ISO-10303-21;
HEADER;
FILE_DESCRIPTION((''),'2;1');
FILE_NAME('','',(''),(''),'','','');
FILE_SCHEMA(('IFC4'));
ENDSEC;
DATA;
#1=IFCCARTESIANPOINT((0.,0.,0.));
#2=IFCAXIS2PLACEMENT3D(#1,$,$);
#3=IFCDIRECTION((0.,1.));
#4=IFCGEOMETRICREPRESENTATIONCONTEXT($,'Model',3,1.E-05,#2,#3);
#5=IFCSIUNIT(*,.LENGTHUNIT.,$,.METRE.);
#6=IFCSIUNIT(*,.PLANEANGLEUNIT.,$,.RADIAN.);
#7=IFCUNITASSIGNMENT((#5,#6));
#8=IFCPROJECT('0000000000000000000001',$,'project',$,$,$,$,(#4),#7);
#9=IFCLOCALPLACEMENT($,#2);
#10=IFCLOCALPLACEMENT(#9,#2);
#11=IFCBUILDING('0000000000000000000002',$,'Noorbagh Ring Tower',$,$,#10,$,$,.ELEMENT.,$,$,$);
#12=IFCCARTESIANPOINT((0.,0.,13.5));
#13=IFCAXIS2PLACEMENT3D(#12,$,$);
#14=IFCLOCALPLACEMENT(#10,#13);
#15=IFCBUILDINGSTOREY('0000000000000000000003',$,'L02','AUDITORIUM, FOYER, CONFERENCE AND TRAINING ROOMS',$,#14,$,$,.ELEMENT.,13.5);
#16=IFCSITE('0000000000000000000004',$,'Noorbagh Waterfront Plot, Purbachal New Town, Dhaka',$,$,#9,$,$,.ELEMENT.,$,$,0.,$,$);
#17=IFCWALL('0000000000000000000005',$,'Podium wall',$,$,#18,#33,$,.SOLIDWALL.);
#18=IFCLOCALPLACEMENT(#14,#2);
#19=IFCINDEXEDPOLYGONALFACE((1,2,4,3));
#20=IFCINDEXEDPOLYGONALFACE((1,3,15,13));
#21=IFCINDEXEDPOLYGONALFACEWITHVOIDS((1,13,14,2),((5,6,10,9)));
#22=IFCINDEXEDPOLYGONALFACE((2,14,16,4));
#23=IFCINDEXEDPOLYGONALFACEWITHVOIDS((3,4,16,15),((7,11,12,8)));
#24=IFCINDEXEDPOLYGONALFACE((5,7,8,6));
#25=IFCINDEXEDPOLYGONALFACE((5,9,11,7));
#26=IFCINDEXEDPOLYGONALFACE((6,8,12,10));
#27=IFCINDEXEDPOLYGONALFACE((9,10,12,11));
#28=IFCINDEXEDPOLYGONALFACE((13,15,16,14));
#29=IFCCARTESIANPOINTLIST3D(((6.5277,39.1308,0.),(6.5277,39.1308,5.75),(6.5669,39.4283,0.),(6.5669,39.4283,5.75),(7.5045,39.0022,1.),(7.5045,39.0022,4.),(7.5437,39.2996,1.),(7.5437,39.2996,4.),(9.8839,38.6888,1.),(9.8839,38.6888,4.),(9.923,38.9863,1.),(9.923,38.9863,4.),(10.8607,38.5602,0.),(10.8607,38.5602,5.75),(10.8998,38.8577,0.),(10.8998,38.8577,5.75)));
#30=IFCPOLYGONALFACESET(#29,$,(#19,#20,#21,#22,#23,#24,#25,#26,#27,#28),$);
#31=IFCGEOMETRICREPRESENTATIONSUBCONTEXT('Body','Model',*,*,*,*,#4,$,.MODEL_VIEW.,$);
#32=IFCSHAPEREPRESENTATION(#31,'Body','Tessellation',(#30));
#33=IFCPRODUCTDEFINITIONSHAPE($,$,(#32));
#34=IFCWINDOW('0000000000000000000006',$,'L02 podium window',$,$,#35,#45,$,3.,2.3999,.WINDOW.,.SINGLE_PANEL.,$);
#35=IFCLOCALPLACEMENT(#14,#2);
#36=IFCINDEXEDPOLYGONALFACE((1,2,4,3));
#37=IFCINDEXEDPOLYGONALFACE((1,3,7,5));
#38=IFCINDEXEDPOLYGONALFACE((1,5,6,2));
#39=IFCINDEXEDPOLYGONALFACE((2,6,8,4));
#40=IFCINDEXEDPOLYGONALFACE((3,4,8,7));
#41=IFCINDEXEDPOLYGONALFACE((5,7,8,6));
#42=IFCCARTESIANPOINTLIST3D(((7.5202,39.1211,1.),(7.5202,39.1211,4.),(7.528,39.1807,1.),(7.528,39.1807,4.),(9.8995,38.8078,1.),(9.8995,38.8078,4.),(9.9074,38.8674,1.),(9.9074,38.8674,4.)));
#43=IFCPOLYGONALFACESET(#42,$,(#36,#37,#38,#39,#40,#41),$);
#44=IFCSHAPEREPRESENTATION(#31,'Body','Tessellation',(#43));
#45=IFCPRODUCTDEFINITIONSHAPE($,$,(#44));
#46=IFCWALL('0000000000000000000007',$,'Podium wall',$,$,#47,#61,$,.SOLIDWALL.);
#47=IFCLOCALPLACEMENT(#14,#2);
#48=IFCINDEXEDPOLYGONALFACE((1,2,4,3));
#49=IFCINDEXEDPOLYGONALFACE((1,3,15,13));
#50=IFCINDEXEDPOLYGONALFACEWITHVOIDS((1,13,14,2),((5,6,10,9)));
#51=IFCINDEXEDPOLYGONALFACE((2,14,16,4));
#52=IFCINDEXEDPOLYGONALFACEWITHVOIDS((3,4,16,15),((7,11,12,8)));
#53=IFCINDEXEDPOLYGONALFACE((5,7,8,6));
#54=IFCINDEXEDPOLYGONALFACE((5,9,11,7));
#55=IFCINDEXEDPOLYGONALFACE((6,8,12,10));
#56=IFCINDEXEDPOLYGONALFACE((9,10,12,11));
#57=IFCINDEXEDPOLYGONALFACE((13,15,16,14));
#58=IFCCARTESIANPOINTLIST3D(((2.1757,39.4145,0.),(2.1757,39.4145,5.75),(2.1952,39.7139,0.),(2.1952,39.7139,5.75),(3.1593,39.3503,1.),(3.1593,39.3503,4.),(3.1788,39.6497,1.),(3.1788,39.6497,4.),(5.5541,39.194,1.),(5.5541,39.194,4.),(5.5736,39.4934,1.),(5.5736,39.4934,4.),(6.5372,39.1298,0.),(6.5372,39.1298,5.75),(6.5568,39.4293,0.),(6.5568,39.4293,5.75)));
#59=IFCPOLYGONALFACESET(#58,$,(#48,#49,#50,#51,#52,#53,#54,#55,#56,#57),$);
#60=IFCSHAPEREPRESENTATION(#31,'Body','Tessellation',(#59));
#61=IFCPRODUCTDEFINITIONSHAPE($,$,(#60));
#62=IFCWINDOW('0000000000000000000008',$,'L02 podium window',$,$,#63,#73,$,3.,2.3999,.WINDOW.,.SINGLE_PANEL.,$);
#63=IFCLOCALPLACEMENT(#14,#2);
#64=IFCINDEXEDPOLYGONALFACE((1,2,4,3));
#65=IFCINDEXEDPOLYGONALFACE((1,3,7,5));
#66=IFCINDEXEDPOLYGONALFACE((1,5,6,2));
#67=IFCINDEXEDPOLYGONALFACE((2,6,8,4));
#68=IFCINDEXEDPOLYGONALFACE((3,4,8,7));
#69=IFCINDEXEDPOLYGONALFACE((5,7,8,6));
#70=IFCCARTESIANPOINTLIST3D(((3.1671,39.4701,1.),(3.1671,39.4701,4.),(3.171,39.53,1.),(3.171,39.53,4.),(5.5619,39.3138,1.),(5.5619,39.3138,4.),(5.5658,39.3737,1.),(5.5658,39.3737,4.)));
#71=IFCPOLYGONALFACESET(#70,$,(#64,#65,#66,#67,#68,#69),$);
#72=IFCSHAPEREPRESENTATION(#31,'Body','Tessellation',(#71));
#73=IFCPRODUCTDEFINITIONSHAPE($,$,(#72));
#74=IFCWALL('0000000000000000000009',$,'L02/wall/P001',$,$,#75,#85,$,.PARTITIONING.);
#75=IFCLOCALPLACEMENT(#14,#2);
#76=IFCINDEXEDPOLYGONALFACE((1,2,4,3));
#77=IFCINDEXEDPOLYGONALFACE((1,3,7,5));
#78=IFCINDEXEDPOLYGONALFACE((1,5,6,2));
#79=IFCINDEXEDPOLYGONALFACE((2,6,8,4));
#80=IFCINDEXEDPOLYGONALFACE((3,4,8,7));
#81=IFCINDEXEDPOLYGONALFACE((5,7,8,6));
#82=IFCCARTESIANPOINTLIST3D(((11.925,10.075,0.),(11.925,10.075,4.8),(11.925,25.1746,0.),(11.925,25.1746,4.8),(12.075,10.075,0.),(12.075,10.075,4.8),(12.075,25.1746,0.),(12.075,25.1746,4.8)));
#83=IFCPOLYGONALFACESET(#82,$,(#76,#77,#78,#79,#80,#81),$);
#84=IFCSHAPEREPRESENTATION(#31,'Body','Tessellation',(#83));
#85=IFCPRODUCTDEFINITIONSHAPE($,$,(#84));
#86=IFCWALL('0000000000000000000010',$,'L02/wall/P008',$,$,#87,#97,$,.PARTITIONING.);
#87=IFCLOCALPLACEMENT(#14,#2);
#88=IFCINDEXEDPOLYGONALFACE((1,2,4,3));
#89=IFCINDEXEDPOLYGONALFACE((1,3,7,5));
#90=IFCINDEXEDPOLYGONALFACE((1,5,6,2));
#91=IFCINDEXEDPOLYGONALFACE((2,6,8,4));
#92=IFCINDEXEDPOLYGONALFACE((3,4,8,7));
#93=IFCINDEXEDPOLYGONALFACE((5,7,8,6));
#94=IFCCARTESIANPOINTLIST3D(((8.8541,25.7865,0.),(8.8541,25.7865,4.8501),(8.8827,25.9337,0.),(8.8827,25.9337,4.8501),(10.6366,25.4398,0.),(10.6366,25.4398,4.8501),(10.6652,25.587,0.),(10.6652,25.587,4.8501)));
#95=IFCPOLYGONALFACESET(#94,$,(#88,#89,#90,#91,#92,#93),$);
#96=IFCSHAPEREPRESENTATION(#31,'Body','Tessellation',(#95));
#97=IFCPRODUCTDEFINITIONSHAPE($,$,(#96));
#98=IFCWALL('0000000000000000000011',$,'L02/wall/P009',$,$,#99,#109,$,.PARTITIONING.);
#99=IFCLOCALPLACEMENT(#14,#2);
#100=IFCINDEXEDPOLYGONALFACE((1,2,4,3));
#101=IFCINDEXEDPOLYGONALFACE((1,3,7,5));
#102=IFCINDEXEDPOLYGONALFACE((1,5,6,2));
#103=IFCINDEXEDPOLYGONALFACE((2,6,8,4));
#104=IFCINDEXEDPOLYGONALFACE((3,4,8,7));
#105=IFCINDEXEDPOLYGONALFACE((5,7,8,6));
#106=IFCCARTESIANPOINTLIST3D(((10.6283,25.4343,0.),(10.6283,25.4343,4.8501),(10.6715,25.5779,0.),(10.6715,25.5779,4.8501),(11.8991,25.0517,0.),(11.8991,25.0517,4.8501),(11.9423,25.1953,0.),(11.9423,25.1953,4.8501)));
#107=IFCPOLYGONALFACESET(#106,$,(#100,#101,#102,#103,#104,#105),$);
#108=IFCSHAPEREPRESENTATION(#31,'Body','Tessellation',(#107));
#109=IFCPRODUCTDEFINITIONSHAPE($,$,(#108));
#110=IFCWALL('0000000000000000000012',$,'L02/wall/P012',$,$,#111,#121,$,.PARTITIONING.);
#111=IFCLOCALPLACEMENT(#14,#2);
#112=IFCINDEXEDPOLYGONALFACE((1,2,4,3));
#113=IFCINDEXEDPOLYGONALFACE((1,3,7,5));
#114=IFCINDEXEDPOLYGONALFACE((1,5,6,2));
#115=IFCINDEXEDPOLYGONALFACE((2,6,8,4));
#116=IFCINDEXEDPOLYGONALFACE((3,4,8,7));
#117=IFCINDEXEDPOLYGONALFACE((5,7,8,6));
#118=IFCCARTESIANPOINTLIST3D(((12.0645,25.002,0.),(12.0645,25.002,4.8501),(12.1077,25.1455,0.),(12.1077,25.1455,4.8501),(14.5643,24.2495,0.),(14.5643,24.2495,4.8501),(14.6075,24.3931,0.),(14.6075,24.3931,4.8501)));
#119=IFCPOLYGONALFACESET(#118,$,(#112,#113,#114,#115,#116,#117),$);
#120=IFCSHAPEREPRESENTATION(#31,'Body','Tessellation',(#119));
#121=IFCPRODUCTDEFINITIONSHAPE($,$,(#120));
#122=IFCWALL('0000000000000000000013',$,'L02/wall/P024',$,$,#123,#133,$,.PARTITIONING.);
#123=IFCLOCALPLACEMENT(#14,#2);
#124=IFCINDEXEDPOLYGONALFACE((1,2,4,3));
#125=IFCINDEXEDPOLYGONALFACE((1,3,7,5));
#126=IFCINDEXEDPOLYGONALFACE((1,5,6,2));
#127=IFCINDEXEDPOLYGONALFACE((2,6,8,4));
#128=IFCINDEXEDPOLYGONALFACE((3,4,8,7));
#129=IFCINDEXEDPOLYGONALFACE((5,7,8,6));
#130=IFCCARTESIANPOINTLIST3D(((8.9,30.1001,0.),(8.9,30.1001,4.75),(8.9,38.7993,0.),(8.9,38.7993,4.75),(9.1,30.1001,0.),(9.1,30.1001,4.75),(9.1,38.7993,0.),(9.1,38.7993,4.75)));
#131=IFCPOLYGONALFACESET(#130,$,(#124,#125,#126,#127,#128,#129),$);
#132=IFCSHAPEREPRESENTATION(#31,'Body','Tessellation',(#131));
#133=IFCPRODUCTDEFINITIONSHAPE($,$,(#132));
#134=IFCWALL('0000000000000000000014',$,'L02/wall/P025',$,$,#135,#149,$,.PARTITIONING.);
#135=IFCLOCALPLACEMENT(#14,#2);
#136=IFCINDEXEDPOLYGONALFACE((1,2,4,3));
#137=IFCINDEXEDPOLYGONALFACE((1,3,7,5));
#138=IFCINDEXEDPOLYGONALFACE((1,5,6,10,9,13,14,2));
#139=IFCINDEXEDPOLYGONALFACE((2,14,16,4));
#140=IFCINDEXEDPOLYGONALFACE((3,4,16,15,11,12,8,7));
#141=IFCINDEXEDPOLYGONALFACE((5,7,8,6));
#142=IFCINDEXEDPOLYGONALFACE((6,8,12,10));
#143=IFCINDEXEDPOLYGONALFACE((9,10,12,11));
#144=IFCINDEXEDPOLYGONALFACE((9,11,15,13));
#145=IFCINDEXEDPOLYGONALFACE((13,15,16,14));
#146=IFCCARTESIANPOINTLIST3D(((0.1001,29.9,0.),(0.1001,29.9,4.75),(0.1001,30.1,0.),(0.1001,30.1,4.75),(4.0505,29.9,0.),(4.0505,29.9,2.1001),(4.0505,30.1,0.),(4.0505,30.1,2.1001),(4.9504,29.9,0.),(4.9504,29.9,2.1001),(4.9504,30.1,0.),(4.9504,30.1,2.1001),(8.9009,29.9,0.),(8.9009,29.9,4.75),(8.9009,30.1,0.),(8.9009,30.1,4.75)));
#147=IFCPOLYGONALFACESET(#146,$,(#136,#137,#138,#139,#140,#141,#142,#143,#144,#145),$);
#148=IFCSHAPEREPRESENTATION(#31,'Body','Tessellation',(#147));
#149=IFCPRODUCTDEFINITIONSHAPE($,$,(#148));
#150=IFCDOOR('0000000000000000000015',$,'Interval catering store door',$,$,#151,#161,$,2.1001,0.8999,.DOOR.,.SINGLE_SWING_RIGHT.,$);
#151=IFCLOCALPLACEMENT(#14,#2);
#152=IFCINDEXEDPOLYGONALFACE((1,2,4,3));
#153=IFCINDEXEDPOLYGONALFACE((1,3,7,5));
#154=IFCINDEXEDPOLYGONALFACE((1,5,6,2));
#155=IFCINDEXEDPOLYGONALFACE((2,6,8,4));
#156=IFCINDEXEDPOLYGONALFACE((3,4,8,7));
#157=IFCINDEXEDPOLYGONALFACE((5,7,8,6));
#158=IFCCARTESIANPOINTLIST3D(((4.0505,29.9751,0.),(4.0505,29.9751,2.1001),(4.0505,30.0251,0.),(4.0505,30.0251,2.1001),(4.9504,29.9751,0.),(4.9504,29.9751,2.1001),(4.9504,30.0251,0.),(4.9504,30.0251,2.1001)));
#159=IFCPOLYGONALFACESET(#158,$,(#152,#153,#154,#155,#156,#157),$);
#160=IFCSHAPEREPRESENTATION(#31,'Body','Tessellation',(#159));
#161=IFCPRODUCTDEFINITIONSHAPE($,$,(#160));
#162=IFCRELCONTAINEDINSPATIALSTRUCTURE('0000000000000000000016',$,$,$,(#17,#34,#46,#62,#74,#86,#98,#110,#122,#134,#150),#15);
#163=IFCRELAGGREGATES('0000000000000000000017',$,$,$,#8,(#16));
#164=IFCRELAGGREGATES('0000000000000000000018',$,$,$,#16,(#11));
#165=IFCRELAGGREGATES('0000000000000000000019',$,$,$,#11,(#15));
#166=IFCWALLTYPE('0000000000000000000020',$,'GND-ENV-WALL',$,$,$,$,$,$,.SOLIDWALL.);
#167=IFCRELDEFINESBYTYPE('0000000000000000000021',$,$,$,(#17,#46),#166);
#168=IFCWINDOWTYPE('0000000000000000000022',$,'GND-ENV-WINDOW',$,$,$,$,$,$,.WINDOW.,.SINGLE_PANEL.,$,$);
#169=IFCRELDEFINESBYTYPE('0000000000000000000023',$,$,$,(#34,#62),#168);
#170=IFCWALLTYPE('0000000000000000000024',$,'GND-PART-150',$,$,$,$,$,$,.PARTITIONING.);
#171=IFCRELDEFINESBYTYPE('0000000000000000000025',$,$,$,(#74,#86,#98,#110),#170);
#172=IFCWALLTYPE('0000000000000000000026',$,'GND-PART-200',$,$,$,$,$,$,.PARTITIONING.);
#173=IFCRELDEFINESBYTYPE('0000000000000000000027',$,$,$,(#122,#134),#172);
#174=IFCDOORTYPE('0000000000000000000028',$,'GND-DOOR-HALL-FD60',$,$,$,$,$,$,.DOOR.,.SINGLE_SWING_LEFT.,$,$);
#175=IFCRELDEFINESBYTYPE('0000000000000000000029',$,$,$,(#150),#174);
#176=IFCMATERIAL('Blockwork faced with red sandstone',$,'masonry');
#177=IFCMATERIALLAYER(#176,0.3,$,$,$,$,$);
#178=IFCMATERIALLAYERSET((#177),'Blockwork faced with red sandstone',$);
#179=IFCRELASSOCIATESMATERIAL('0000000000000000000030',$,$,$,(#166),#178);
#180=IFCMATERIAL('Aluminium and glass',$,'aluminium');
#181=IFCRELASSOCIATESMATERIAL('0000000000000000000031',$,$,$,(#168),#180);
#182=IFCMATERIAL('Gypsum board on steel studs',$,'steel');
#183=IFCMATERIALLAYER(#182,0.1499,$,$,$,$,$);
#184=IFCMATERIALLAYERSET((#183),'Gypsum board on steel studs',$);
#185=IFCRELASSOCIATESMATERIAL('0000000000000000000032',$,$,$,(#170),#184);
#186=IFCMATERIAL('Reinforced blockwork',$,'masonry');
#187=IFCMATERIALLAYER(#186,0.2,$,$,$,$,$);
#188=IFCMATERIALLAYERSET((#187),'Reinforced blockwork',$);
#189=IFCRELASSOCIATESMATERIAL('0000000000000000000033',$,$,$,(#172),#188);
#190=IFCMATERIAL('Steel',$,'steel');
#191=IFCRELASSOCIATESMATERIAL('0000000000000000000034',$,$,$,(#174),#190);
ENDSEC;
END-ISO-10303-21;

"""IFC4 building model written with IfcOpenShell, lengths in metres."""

from ifc_helpers import new_model, si_unit, direction, frame, frame_2d, origin, place, context, subcontext, project, spatial, rectangle, extrude, material, layer, layer_set, type_object, element, fill, save


model = new_model("IFC4")

# Units and contexts
model_context = context("Model", 3, precision=1e-05, world=origin(), true_north=direction((0.0, 1.0)))
body_context = subcontext(model_context, "Body", "Model", "MODEL_VIEW")
ifc_project = project(units=[si_unit("LENGTHUNIT", "METRE"), si_unit("PLANEANGLEUNIT", "RADIAN")], contexts=[model_context])

# Site, building, storey
site_placement = place(None, origin())
site = spatial("IfcSite", under=ifc_project, at=site_placement, Name="Noorbagh Waterfront Plot, Purbachal New Town, Dhaka", CompositionType="ELEMENT", RefElevation=0.0)
building_placement = place(site_placement, origin())
building = spatial("IfcBuilding", under=site, at=building_placement, Name="Noorbagh Ring Tower", CompositionType="ELEMENT")
storey_placement = place(building_placement, frame((0.0, 0.0, 13.5)))
storey = spatial("IfcBuildingStorey", under=building, at=storey_placement, Name="L02", Description="AUDITORIUM, FOYER, CONFERENCE AND TRAINING ROOMS", CompositionType="ELEMENT", Elevation=13.5)

# Walls, openings, windows
ifc_material_1 = material(Name="Blockwork faced with red sandstone", Category="masonry")
ifc_layer_1 = layer(ifc_material_1, 0.3)
ifc_layer_set_1 = layer_set([ifc_layer_1], Name="Blockwork faced with red sandstone")
wall_type_1 = type_object("IfcWallType", Name="GND-ENV-WALL", PredefinedType="SOLIDWALL", material=ifc_layer_set_1)
wall_1_placement = place(storey_placement, frame((10.8801, 38.709, 0.0), z_axis=(0.0, 0.0, 1.0), x_axis=(-0.991442, 0.13055, 0.0)))
wall_1 = element("IfcWall", 1, at=wall_1_placement, inside=storey, type_object=wall_type_1, Name="Podium wall", PredefinedType="SOLIDWALL", context=body_context, shape_type="SweptSolid", body=[
    extrude(rectangle(XDim=4.3704, YDim=0.3, at=frame_2d((2.1851, 0.0))), origin(), (0.0, 0.0, 1.0), 5.75),
])
opening_1_placement = place(wall_1_placement, frame((0.9851, 0.0, 1.0)))
opening_1 = element("IfcOpeningElement", 2, at=opening_1_placement, cuts=wall_1, PredefinedType="OPENING", context=body_context, shape_type="SweptSolid", body=[
    extrude(rectangle(XDim=2.3999, YDim=3.0, at=frame_2d((1.2, 1.5))), frame((0.0, 0.1602, 0.0), z_axis=(0.0, -1.0, 0.0), x_axis=(1.0, 0.0, 0.0)), (0.0, 0.0, 1.0), 0.3201),
])
ifc_material_2 = material(Name="Aluminium and glass", Category="aluminium")
window_type = type_object("IfcWindowType", Name="GND-ENV-WINDOW", PartitioningType="SINGLE_PANEL", PredefinedType="WINDOW", material=ifc_material_2)
window_1_placement = place(opening_1_placement, origin())
window_1 = element("IfcWindow", 3, at=window_1_placement, inside=storey, type_object=window_type, Name="L02 podium window", OverallHeight=3.0, OverallWidth=2.3999, PartitioningType="SINGLE_PANEL", PredefinedType="WINDOW", context=body_context, shape_type="SweptSolid", body=[
    extrude(rectangle(XDim=2.3999, YDim=3.0, at=frame_2d((1.2, 1.5))), frame((0.0, 0.03, 0.0), z_axis=(0.0, -1.0, 0.0), x_axis=(1.0, 0.0, 0.0)), (0.0, 0.0, 1.0), 0.0601),
])
fill(opening_1, window_1)
wall_2_placement = place(storey_placement, frame((6.5471, 39.2795, 0.0), z_axis=(0.0, 0.0, 1.0), x_axis=(-0.997877, 0.065129, 0.0)))
wall_2 = element("IfcWall", 4, at=wall_2_placement, inside=storey, type_object=wall_type_1, Name="Podium wall", PredefinedType="SOLIDWALL", context=body_context, shape_type="SweptSolid", body=[
    extrude(rectangle(XDim=4.3708, YDim=0.3, at=frame_2d((2.1855, 0.0))), origin(), (0.0, 0.0, 1.0), 5.75),
])
opening_2_placement = place(wall_2_placement, frame((0.9854, 0.0, 1.0)))
opening_2 = element("IfcOpeningElement", 5, at=opening_2_placement, cuts=wall_2, PredefinedType="OPENING", context=body_context, shape_type="SweptSolid", body=[
    extrude(rectangle(XDim=2.3999, YDim=3.0, at=frame_2d((1.2, 1.5))), frame((0.0, 0.1602, 0.0), z_axis=(0.0, -1.0, 0.0), x_axis=(1.0, 0.0, 0.0)), (0.0, 0.0, 1.0), 0.3201),
])
window_2_placement = place(opening_2_placement, origin())
window_2 = element("IfcWindow", 6, at=window_2_placement, inside=storey, type_object=window_type, Name="L02 podium window", OverallHeight=3.0, OverallWidth=2.3999, PartitioningType="SINGLE_PANEL", PredefinedType="WINDOW", context=body_context, shape_type="SweptSolid", body=[
    extrude(rectangle(XDim=2.3999, YDim=3.0, at=frame_2d((1.2, 1.5))), frame((0.0, 0.03, 0.0), z_axis=(0.0, -1.0, 0.0), x_axis=(1.0, 0.0, 0.0)), (0.0, 0.0, 1.0), 0.0601),
])
fill(opening_2, window_2)

# Walls
ifc_material_3 = material(Name="Gypsum board on steel studs", Category="steel")
ifc_layer_2 = layer(ifc_material_3, 0.1499)
ifc_layer_set_2 = layer_set([ifc_layer_2], Name="Gypsum board on steel studs")
wall_type_2 = type_object("IfcWallType", Name="GND-PART-150", PredefinedType="PARTITIONING", material=ifc_layer_set_2)
wall_3_placement = place(storey_placement, frame((12.0, 25.1746, 0.0), z_axis=(0.0, 0.0, 1.0), x_axis=(0.0, -1.0, 0.0)))
element("IfcWall", 7, at=wall_3_placement, inside=storey, type_object=wall_type_2, Name="L02/wall/P001", PredefinedType="PARTITIONING", context=body_context, shape_type="SweptSolid", body=[
    extrude(rectangle(XDim=15.0996, YDim=0.1499, at=frame_2d((7.5498, 0.0))), origin(), (0.0, 0.0, 1.0), 4.8),
])
wall_4_placement = place(storey_placement, frame((8.8684, 25.8601, 0.0), z_axis=(0.0, 0.0, 1.0), x_axis=(0.981606, -0.190916, 0.0)))
element("IfcWall", 8, at=wall_4_placement, inside=storey, type_object=wall_type_2, Name="L02/wall/P008", PredefinedType="PARTITIONING", context=body_context, shape_type="SweptSolid", body=[
    extrude(rectangle(XDim=1.8159, YDim=0.1499, at=frame_2d((0.908, 0.0))), origin(), (0.0, 0.0, 1.0), 4.8501),
])
wall_5_placement = place(storey_placement, frame((10.6499, 25.5061, 0.0), z_axis=(0.0, 0.0, 1.0), x_axis=(0.957547, -0.288276, 0.0)))
element("IfcWall", 9, at=wall_5_placement, inside=storey, type_object=wall_type_2, Name="L02/wall/P009", PredefinedType="PARTITIONING", context=body_context, shape_type="SweptSolid", body=[
    extrude(rectangle(XDim=1.3271, YDim=0.1499, at=frame_2d((0.6636, 0.0))), origin(), (0.0, 0.0, 1.0), 4.8501),
])
wall_6_placement = place(storey_placement, frame((12.0862, 25.0737, 0.0), z_axis=(0.0, 0.0, 1.0), x_axis=(0.957561, -0.288231, 0.0)))
element("IfcWall", 10, at=wall_6_placement, inside=storey, type_object=wall_type_2, Name="L02/wall/P012", PredefinedType="PARTITIONING", context=body_context, shape_type="SweptSolid", body=[
    extrude(rectangle(XDim=2.6106, YDim=0.1499, at=frame_2d((1.3052, 0.0))), origin(), (0.0, 0.0, 1.0), 4.8501),
])
ifc_material_4 = material(Name="Reinforced blockwork", Category="masonry")
ifc_layer_3 = layer(ifc_material_4, 0.2)
ifc_layer_set_3 = layer_set([ifc_layer_3], Name="Reinforced blockwork")
wall_type_3 = type_object("IfcWallType", Name="GND-PART-200", PredefinedType="PARTITIONING", material=ifc_layer_set_3)
wall_7_placement = place(storey_placement, frame((9.0, 38.7993, 0.0), z_axis=(0.0, 0.0, 1.0), x_axis=(0.0, -1.0, 0.0)))
element("IfcWall", 11, at=wall_7_placement, inside=storey, type_object=wall_type_3, Name="L02/wall/P024", PredefinedType="PARTITIONING", context=body_context, shape_type="SweptSolid", body=[
    extrude(rectangle(XDim=8.6992, YDim=0.2, at=frame_2d((4.3496, 0.0))), origin(), (0.0, 0.0, 1.0), 4.75),
])

# Wall, opening, door
wall_8_placement = place(storey_placement, frame((8.9009, 30.0, 0.0), z_axis=(0.0, 0.0, 1.0), x_axis=(-1.0, 0.0, 0.0)))
wall_8 = element("IfcWall", 12, at=wall_8_placement, inside=storey, type_object=wall_type_3, Name="L02/wall/P025", PredefinedType="PARTITIONING", context=body_context, shape_type="SweptSolid", body=[
    extrude(rectangle(XDim=8.8008, YDim=0.2, at=frame_2d((4.4004, 0.0))), origin(), (0.0, 0.0, 1.0), 4.75),
])
opening_3_placement = place(wall_8_placement, frame((3.9504, 0.0, 0.0)))
opening_3 = element("IfcOpeningElement", 13, at=opening_3_placement, cuts=wall_8, PredefinedType="OPENING", context=body_context, shape_type="SweptSolid", body=[
    extrude(rectangle(XDim=0.8999, YDim=2.1001, at=frame_2d((0.45, 1.05))), frame((0.0, 0.1099, 0.0), z_axis=(0.0, -1.0, 0.0), x_axis=(1.0, 0.0, 0.0)), (0.0, 0.0, 1.0), 0.22),
])
ifc_material_5 = material(Name="Steel", Category="steel")
door_type = type_object("IfcDoorType", Name="GND-DOOR-HALL-FD60", OperationType="SINGLE_SWING_LEFT", PredefinedType="DOOR", material=ifc_material_5)
door_placement = place(opening_3_placement, origin())
door = element("IfcDoor", 14, at=door_placement, inside=storey, type_object=door_type, Name="Interval catering store door", OperationType="SINGLE_SWING_RIGHT", OverallHeight=2.1001, OverallWidth=0.8999, PredefinedType="DOOR", context=body_context, shape_type="SweptSolid", body=[
    extrude(rectangle(XDim=0.8999, YDim=2.1001, at=frame_2d((0.45, 1.05))), frame((0.0, 0.0249, 0.0), z_axis=(0.0, -1.0, 0.0), x_axis=(1.0, 0.0, 0.0)), (0.0, 0.0, 1.0), 0.05),
])
fill(opening_3, door)

save(model, "model.ifc")
